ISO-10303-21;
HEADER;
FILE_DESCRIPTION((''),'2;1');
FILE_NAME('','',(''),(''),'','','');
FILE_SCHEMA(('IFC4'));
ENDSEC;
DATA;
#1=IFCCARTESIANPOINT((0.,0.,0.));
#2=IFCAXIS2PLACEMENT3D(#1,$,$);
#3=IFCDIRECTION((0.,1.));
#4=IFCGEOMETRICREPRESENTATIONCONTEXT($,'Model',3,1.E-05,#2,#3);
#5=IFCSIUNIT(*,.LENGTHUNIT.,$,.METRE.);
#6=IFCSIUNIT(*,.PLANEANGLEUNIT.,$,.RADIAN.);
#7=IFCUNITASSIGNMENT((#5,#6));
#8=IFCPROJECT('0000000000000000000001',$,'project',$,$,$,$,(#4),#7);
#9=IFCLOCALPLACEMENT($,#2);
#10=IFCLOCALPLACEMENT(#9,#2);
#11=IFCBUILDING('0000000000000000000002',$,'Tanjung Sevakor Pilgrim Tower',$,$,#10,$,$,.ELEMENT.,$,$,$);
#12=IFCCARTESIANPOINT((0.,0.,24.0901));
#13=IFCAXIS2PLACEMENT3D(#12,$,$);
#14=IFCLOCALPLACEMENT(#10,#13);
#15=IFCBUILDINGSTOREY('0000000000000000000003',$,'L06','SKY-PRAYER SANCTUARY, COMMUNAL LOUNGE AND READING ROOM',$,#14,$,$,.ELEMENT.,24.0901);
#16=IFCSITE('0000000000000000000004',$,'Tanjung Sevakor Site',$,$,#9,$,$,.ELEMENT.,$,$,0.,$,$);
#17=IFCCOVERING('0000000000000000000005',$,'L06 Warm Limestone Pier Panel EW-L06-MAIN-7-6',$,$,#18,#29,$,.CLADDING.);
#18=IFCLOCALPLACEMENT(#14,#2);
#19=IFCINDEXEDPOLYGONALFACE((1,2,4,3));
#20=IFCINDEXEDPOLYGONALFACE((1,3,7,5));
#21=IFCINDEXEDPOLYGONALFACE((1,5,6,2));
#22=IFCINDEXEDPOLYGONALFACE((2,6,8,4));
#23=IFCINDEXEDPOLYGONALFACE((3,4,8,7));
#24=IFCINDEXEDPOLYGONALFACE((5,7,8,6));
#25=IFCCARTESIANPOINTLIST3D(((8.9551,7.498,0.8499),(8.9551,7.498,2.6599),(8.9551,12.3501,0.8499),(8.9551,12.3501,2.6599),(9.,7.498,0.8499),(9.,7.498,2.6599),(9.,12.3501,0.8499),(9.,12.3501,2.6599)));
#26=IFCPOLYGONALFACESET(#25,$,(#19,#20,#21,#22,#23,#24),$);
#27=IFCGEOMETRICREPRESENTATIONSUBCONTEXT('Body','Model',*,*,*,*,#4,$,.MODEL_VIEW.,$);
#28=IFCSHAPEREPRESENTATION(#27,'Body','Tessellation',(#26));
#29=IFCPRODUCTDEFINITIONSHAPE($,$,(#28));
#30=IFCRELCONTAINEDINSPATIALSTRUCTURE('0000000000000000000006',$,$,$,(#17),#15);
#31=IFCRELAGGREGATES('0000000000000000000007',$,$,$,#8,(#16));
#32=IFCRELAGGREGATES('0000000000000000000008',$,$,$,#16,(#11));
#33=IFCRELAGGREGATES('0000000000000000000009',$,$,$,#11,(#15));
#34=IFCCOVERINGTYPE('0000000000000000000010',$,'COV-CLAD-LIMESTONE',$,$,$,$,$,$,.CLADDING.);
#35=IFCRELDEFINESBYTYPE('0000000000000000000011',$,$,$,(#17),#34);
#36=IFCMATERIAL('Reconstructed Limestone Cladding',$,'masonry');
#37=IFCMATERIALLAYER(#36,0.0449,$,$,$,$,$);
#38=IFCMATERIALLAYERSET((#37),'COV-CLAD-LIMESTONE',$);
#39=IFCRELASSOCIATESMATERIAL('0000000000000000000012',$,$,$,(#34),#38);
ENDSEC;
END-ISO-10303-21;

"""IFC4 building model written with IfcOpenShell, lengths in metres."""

from ifc_helpers import new_model, si_unit, direction, frame, origin, origin_2d, place, context, subcontext, project, spatial, rectangle, extrude, material, layer, layer_set, type_object, element, save


model = new_model("IFC4")

# Units and contexts
model_context = context("Model", 3, precision=1e-05, world=origin(), true_north=direction((0.0, 1.0)))
body_context = subcontext(model_context, "Body", "Model", "MODEL_VIEW")
ifc_project = project(units=[si_unit("LENGTHUNIT", "METRE"), si_unit("PLANEANGLEUNIT", "RADIAN")], contexts=[model_context])

# Site, building, storey
site_placement = place(None, origin())
site = spatial("IfcSite", under=ifc_project, at=site_placement, Name="Tanjung Sevakor Site", CompositionType="ELEMENT", RefElevation=0.0)
building_placement = place(site_placement, origin())
building = spatial("IfcBuilding", under=site, at=building_placement, Name="Tanjung Sevakor Pilgrim Tower", CompositionType="ELEMENT")
storey_placement = place(building_placement, frame((0.0, 0.0, 24.0901)))
storey = spatial("IfcBuildingStorey", under=building, at=storey_placement, Name="L06", Description="SKY-PRAYER SANCTUARY, COMMUNAL LOUNGE AND READING ROOM", CompositionType="ELEMENT", Elevation=24.0901)

# Covering
ifc_material_1 = material(Name="Reconstructed Limestone Cladding", Category="masonry")
ifc_layer_1 = layer(ifc_material_1, 0.0449)
ifc_layer_set_1 = layer_set([ifc_layer_1], Name="COV-CLAD-LIMESTONE")
covering_type = type_object("IfcCoveringType", Name="COV-CLAD-LIMESTONE", PredefinedType="CLADDING", material=ifc_layer_set_1)
covering_1_placement = place(storey_placement, frame((8.9775, 9.9241, 0.8499), z_axis=(0.0, 0.0, 1.0), x_axis=(0.0, -1.0, 0.0)))
element("IfcCovering", 1, at=covering_1_placement, inside=storey, type_object=covering_type, Name="L06 Warm Limestone Pier Panel EW-L06-MAIN-7-6", PredefinedType="CLADDING", context=body_context, shape_type="SweptSolid", body=[
    extrude(rectangle(XDim=4.8521, YDim=0.0449, at=origin_2d()), origin(), (0.0, 0.0, 1.0), 1.8101),
])

save(model, "model.ifc")
